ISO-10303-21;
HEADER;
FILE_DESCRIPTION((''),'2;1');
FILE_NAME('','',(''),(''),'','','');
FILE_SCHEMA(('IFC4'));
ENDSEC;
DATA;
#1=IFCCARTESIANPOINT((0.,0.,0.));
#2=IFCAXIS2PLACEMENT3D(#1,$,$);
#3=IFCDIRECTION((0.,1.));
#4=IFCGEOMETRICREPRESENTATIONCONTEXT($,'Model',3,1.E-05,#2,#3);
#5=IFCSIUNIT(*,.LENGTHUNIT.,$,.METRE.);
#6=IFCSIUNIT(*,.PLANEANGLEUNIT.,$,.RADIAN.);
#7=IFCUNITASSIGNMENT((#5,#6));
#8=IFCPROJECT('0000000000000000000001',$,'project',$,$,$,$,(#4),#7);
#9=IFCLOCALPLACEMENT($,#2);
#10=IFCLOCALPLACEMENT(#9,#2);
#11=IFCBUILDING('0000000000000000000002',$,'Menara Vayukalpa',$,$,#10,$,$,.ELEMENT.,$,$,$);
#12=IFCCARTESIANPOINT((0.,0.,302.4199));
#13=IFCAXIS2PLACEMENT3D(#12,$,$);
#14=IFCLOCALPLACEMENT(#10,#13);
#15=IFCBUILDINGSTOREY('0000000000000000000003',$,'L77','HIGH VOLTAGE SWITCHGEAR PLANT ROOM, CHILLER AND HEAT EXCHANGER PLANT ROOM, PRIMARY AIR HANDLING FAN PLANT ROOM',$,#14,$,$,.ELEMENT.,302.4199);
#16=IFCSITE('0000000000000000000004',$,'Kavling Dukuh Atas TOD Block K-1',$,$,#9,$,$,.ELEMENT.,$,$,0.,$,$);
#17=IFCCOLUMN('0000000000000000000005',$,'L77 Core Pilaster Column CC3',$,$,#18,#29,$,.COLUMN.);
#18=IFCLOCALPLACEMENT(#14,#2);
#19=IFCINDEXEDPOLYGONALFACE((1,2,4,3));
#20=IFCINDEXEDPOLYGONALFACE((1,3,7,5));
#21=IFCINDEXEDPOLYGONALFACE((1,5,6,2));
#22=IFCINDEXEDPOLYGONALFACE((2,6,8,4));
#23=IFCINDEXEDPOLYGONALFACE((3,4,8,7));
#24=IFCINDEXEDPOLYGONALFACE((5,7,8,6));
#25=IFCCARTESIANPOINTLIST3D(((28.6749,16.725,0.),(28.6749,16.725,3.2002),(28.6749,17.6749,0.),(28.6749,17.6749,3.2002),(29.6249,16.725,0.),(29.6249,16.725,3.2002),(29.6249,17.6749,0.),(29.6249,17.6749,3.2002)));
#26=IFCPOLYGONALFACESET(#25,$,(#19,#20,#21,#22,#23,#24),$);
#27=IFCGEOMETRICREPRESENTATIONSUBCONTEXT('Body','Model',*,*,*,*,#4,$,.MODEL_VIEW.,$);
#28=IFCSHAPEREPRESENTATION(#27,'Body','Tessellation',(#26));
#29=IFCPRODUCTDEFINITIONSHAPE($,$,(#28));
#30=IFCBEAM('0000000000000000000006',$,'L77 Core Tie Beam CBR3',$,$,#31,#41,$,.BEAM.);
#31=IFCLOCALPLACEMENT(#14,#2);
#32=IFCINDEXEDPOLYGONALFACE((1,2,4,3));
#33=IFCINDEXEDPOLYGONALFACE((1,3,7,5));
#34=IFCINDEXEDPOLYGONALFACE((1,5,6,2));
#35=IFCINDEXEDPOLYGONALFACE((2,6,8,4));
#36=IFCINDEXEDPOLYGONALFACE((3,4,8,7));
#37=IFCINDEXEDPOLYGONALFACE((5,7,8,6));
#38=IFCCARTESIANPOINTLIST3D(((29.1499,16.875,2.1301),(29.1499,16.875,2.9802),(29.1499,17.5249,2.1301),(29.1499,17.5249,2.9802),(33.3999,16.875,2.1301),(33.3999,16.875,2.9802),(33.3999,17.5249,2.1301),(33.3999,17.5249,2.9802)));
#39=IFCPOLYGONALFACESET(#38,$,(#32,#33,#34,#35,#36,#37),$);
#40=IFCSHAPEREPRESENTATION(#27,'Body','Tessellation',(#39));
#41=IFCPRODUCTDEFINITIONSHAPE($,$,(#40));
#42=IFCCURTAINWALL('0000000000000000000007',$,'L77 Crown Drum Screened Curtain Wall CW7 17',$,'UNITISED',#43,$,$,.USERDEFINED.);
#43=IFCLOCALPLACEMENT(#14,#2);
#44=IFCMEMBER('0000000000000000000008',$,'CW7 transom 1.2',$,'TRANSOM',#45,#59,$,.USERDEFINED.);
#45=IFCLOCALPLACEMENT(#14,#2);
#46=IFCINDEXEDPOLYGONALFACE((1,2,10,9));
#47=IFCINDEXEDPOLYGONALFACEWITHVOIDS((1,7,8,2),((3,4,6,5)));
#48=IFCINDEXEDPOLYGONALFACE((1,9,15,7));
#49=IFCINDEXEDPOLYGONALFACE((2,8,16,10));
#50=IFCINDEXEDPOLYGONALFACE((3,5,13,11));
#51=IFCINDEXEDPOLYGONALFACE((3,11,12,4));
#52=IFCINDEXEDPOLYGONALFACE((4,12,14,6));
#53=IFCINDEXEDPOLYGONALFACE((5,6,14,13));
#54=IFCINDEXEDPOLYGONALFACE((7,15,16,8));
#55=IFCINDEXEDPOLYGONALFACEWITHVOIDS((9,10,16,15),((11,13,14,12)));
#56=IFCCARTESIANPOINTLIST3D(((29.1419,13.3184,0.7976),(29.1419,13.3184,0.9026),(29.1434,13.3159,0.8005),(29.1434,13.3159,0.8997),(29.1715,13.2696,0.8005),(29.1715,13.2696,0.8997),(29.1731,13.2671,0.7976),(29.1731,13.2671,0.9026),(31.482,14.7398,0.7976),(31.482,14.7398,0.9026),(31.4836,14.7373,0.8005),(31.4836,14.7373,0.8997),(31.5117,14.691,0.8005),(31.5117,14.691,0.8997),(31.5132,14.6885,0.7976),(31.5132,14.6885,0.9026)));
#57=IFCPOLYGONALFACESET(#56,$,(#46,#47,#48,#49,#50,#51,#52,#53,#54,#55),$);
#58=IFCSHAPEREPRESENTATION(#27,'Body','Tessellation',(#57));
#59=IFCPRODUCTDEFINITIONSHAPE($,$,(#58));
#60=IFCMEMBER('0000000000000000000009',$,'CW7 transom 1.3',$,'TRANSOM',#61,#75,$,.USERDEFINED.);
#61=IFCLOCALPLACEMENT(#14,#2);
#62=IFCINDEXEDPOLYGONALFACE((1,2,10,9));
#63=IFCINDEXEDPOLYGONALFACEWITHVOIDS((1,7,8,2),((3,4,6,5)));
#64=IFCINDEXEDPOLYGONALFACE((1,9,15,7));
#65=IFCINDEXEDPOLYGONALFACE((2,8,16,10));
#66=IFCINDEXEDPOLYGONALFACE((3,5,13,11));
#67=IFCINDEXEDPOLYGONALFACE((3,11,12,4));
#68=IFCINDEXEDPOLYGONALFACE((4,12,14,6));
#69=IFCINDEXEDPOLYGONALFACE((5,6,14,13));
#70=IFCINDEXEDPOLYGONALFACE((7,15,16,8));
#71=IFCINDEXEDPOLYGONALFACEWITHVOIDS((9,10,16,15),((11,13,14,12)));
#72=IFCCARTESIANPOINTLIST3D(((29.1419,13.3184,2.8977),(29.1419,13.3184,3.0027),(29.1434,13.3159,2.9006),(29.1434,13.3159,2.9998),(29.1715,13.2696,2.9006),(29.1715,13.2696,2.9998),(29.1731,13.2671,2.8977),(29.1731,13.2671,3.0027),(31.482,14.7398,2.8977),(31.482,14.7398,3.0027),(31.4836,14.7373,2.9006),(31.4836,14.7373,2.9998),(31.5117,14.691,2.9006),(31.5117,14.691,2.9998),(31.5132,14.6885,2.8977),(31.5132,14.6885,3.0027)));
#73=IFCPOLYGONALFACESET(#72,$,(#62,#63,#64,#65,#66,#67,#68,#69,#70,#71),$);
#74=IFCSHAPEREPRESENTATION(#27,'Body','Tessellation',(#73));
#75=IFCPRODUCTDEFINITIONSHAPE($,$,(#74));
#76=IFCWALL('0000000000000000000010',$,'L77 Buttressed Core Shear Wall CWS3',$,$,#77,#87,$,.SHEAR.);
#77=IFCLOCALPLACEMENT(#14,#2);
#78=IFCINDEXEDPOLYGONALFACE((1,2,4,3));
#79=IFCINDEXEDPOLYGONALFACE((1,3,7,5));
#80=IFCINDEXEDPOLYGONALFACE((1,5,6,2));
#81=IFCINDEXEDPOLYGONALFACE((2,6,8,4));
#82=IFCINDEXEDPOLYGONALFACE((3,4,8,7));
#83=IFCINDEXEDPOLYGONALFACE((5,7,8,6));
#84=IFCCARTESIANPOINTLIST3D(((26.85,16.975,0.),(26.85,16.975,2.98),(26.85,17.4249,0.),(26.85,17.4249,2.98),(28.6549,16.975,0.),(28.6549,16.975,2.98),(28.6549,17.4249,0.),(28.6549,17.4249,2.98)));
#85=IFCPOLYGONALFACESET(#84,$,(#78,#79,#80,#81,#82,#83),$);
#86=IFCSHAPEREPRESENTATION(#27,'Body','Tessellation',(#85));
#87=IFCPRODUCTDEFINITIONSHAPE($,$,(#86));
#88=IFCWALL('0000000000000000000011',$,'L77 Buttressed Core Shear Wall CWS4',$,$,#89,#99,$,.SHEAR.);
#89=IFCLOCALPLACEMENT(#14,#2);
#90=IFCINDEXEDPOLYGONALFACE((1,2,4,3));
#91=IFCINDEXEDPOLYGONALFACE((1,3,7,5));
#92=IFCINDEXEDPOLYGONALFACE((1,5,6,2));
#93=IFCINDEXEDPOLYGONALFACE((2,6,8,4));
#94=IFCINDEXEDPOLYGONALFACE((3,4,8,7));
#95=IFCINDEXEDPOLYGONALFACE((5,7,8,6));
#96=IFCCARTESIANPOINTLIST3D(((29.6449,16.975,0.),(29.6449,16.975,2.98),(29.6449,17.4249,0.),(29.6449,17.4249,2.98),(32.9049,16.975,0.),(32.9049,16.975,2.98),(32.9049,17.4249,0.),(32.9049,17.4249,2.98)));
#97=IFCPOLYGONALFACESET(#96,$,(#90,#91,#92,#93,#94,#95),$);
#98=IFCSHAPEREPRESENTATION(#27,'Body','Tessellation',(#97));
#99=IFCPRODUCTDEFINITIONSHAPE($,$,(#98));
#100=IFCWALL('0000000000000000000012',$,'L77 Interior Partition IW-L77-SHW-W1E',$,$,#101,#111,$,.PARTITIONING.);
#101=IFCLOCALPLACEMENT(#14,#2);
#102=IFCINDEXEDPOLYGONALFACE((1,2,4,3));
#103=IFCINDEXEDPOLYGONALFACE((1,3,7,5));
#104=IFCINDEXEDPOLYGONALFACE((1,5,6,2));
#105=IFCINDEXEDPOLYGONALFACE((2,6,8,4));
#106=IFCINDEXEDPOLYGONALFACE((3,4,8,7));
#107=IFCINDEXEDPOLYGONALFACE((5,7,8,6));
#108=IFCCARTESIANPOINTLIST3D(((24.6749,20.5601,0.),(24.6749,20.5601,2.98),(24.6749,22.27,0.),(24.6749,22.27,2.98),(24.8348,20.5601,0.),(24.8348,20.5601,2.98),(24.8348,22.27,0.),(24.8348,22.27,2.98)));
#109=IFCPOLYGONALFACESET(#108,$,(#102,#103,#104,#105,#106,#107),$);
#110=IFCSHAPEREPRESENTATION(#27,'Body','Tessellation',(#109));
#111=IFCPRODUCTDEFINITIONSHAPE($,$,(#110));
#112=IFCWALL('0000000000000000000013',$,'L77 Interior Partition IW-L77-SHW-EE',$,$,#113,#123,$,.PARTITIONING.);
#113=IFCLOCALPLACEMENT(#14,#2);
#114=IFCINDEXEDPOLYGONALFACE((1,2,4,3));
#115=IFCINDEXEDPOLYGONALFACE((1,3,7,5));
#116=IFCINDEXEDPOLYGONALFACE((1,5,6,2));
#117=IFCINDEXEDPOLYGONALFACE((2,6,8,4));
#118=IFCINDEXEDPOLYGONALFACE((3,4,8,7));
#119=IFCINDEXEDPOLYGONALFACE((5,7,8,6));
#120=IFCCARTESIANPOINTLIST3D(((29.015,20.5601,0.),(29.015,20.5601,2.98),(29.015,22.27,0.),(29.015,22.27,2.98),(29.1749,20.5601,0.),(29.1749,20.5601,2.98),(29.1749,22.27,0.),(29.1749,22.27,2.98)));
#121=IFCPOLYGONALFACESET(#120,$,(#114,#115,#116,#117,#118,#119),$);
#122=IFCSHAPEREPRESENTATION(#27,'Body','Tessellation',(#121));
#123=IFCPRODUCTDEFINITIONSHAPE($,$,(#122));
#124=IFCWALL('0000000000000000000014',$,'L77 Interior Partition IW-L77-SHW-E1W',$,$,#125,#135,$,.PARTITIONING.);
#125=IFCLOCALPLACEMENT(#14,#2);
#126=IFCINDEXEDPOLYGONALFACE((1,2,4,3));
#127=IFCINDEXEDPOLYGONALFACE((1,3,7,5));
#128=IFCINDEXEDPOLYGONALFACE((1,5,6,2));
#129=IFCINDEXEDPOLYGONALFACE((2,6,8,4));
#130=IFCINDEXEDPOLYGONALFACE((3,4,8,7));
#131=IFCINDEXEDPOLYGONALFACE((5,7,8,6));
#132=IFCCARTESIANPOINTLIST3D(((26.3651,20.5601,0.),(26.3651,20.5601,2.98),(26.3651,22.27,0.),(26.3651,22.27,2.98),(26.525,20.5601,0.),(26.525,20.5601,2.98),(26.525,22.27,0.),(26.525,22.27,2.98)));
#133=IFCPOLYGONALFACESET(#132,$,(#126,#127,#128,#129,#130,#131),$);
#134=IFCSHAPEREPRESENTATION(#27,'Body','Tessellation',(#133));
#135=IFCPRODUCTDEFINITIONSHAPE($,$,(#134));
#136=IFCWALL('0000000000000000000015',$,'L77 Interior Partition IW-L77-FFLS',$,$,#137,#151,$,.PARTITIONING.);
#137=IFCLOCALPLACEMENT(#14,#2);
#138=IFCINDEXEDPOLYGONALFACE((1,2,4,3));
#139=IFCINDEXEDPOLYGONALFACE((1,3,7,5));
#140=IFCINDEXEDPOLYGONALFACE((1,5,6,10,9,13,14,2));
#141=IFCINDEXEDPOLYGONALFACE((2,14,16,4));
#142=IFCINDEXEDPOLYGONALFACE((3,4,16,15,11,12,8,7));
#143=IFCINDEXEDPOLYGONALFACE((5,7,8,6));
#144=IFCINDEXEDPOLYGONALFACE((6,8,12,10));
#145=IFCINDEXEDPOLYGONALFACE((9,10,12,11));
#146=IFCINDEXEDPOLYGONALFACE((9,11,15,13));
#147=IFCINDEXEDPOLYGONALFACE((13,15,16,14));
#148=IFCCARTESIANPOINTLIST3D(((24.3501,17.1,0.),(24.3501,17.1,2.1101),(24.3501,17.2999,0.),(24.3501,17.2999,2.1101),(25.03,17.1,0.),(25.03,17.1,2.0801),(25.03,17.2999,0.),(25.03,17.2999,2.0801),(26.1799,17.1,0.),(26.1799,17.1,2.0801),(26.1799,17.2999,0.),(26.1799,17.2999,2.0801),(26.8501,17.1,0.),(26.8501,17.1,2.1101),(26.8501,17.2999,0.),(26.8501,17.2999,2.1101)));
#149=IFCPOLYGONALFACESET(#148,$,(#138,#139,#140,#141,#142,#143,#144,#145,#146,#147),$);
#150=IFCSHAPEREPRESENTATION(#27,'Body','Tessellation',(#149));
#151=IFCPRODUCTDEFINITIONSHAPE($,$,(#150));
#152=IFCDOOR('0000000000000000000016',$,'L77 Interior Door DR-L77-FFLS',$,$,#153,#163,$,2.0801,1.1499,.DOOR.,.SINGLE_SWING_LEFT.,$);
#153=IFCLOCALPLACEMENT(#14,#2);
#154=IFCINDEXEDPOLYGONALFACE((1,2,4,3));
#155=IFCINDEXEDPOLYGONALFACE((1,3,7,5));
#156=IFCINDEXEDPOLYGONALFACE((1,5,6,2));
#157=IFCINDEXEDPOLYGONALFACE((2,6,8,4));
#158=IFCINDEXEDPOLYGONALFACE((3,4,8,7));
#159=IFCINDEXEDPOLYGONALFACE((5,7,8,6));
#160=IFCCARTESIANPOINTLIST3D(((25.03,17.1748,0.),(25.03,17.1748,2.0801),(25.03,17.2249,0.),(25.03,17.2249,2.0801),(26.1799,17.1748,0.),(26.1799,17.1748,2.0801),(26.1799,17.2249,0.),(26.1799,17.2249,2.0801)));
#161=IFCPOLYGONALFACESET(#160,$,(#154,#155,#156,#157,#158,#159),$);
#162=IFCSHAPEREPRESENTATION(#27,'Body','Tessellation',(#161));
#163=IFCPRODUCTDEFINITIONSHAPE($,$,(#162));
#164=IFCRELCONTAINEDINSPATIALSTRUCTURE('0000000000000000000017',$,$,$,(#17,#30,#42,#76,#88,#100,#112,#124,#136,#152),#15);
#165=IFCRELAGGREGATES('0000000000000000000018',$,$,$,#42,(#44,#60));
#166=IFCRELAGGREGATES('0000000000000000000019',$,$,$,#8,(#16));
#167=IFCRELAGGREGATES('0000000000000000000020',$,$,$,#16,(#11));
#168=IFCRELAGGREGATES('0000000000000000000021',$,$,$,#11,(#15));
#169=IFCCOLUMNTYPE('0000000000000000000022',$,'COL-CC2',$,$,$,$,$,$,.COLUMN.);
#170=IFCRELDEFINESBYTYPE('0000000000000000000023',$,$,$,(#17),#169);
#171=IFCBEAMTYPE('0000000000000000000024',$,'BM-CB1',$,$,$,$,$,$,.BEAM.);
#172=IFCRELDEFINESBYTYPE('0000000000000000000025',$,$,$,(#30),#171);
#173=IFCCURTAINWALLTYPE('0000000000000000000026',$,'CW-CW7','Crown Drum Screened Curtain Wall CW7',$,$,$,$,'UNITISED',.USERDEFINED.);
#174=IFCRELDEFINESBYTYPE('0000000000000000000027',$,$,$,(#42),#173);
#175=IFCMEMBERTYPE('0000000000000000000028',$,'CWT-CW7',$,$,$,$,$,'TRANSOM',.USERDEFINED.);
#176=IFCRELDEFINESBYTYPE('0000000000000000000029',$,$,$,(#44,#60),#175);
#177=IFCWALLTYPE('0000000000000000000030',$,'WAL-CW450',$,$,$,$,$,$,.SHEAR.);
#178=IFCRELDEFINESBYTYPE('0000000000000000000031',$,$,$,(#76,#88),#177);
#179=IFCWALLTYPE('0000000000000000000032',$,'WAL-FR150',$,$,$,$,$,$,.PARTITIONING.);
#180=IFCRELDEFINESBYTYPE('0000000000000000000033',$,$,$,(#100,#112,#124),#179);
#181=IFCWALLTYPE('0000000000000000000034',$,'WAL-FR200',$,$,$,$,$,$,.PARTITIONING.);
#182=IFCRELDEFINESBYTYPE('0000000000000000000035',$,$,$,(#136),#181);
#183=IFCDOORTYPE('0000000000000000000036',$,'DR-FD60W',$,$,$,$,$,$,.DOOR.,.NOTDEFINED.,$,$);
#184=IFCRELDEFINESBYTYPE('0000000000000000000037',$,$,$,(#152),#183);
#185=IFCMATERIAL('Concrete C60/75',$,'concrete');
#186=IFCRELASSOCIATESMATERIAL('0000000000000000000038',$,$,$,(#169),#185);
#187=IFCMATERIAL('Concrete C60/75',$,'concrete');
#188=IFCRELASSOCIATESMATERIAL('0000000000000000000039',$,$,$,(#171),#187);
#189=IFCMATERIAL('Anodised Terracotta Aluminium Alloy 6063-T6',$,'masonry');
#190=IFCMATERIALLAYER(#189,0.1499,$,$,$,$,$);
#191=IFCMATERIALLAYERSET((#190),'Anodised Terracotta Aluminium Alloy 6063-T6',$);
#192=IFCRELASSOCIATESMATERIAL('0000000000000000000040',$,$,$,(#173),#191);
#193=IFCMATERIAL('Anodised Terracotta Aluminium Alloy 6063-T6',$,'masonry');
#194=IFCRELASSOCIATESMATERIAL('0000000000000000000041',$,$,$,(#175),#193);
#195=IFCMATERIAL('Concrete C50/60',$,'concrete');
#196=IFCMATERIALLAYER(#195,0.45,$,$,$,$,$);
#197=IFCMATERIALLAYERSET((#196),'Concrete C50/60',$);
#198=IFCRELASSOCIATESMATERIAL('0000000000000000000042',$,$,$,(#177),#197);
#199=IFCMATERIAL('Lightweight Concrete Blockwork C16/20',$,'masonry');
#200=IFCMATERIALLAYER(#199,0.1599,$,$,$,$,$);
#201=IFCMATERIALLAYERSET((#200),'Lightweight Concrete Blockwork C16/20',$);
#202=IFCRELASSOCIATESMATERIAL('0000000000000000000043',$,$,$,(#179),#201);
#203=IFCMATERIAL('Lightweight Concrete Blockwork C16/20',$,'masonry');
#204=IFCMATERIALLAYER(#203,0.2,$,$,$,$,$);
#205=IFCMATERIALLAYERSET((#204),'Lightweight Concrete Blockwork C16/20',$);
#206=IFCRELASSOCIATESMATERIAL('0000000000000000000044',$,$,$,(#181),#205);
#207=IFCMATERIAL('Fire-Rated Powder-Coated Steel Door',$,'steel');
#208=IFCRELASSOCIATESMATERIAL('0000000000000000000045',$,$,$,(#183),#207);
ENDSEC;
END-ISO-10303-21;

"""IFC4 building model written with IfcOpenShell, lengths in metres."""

from ifc_helpers import new_model, si_unit, direction, frame, frame_2d, origin, origin_2d, place, context, subcontext, project, spatial, rectangle, hollow_rectangle, extrude, material, layer, layer_set, material_profile, profile_set, type_object, element, fill, aggregate, save


model = new_model("IFC4")

# Units and contexts
model_context = context("Model", 3, precision=1e-05, world=origin(), true_north=direction((0.0, 1.0)))
body_context = subcontext(model_context, "Body", "Model", "MODEL_VIEW")
ifc_project = project(units=[si_unit("LENGTHUNIT", "METRE"), si_unit("PLANEANGLEUNIT", "RADIAN")], contexts=[model_context])

# Site, building, storey
site_placement = place(None, origin())
site = spatial("IfcSite", under=ifc_project, at=site_placement, Name="Kavling Dukuh Atas TOD Block K-1", CompositionType="ELEMENT", RefElevation=0.0)
building_placement = place(site_placement, origin())
building = spatial("IfcBuilding", under=site, at=building_placement, Name="Menara Vayukalpa", CompositionType="ELEMENT")
storey_placement = place(building_placement, frame((0.0, 0.0, 302.4199)))
storey = spatial("IfcBuildingStorey", under=building, at=storey_placement, Name="L77", Description="HIGH VOLTAGE SWITCHGEAR PLANT ROOM, CHILLER AND HEAT EXCHANGER PLANT ROOM, PRIMARY AIR HANDLING FAN PLANT ROOM", CompositionType="ELEMENT", Elevation=302.4199)

# Column
ifc_material_1 = material(Name="Concrete C60/75", Category="concrete")
ifc_material_profile_1 = material_profile(ifc_material_1, rectangle(XDim=0.95, YDim=0.95, at=origin_2d()), Name="RC 950x950")
ifc_profile_set_1 = profile_set([ifc_material_profile_1], Name="Concrete C60/75")
column_type = type_object("IfcColumnType", Name="COL-CC2", PredefinedType="COLUMN", material=ifc_profile_set_1)
column_placement = place(storey_placement, frame((29.1499, 17.2, 0.0), z_axis=(0.0, 0.0, 1.0), x_axis=(1.0, 0.0, 0.0)))
element("IfcColumn", 1, at=column_placement, inside=storey, type_object=column_type, Name="L77 Core Pilaster Column CC3", PredefinedType="COLUMN", context=body_context, shape_type="SweptSolid", body=[
    extrude(rectangle(XDim=0.95, YDim=0.95, at=origin_2d()), origin(), (0.0, 0.0, 1.0), 3.2002),
])

# Beam
ifc_material_2 = material(Name="Concrete C60/75", Category="concrete")
ifc_material_profile_2 = material_profile(ifc_material_2, rectangle(XDim=0.6499, YDim=0.8501, at=origin_2d()), Name="RC 650x850")
ifc_profile_set_2 = profile_set([ifc_material_profile_2], Name="Concrete C60/75")
beam_type = type_object("IfcBeamType", Name="BM-CB1", PredefinedType="BEAM", material=ifc_profile_set_2)
beam_placement = place(storey_placement, frame((29.1499, 17.2, 2.5552), z_axis=(1.0, 0.0, 0.0), x_axis=(0.0, 1.0, 0.0)))
element("IfcBeam", 2, at=beam_placement, inside=storey, type_object=beam_type, Name="L77 Core Tie Beam CBR3", PredefinedType="BEAM", context=body_context, shape_type="SweptSolid", body=[
    extrude(rectangle(XDim=0.6499, YDim=0.8501, at=origin_2d()), origin(), (0.0, 0.0, 1.0), 4.25),
])

# Curtain wall, members
ifc_material_3 = material(Name="Anodised Terracotta Aluminium Alloy 6063-T6", Category="masonry")
ifc_layer_1 = layer(ifc_material_3, 0.1499)
ifc_layer_set_1 = layer_set([ifc_layer_1], Name="Anodised Terracotta Aluminium Alloy 6063-T6")
curtain_wall_type = type_object("IfcCurtainWallType", Name="CW-CW7", Description="Crown Drum Screened Curtain Wall CW7", ElementType="UNITISED", PredefinedType="USERDEFINED", material=ifc_layer_set_1)
curtain_wall_placement = place(storey_placement, origin())
curtain_wall = element("IfcCurtainWall", 3, at=curtain_wall_placement, inside=storey, type_object=curtain_wall_type, Name="L77 Crown Drum Screened Curtain Wall CW7 17", ObjectType="UNITISED", PredefinedType="USERDEFINED")
ifc_material_4 = material(Name="Anodised Terracotta Aluminium Alloy 6063-T6", Category="masonry")
ifc_material_profile_3 = material_profile(ifc_material_4, hollow_rectangle(XDim=0.0601, YDim=0.105, WallThickness=0.0029, at=origin_2d()), Name="ALU 60x105x3")
ifc_profile_set_3 = profile_set([ifc_material_profile_3], Name="Anodised Terracotta Aluminium Alloy 6063-T6")
member_type = type_object("IfcMemberType", Name="CWT-CW7", ElementType="TRANSOM", PredefinedType="USERDEFINED", material=ifc_profile_set_3)
member_1_placement = place(storey_placement, frame((29.1575, 13.2927, 0.8501), z_axis=(0.854687, 0.519143, 0.0), x_axis=(-0.519143, 0.854687, 0.0)))
member_1 = element("IfcMember", 4, at=member_1_placement, type_object=member_type, Name="CW7 transom 1.2", ObjectType="TRANSOM", PredefinedType="USERDEFINED", context=body_context, shape_type="SweptSolid", body=[
    extrude(hollow_rectangle(XDim=0.0601, YDim=0.105, WallThickness=0.0029, at=origin_2d()), origin(), (0.0, 0.0, 1.0), 2.738),
])
member_2_placement = place(storey_placement, frame((29.1575, 13.2927, 2.9502), z_axis=(0.854687, 0.519143, 0.0), x_axis=(-0.519143, 0.854687, 0.0)))
member_2 = element("IfcMember", 5, at=member_2_placement, type_object=member_type, Name="CW7 transom 1.3", ObjectType="TRANSOM", PredefinedType="USERDEFINED", context=body_context, shape_type="SweptSolid", body=[
    extrude(hollow_rectangle(XDim=0.0601, YDim=0.105, WallThickness=0.0029, at=origin_2d()), origin(), (0.0, 0.0, 1.0), 2.738),
])
aggregate(curtain_wall, [member_1, member_2])

# Walls
ifc_material_5 = material(Name="Concrete C50/60", Category="concrete")
ifc_layer_2 = layer(ifc_material_5, 0.45)
ifc_layer_set_2 = layer_set([ifc_layer_2], Name="Concrete C50/60")
wall_type_1 = type_object("IfcWallType", Name="WAL-CW450", PredefinedType="SHEAR", material=ifc_layer_set_2)
wall_1_placement = place(storey_placement, frame((26.8501, 17.2, 0.0), z_axis=(0.0, 0.0, 1.0), x_axis=(1.0, 0.0, 0.0)))
element("IfcWall", 6, at=wall_1_placement, inside=storey, type_object=wall_type_1, Name="L77 Buttressed Core Shear Wall CWS3", PredefinedType="SHEAR", context=body_context, shape_type="SweptSolid", body=[
    extrude(rectangle(XDim=1.8049, YDim=0.45, at=frame_2d((0.9023, 0.0))), origin(), (0.0, 0.0, 1.0), 2.98),
])
wall_2_placement = place(storey_placement, frame((29.645, 17.2, 0.0), z_axis=(0.0, 0.0, 1.0), x_axis=(1.0, 0.0, 0.0)))
element("IfcWall", 7, at=wall_2_placement, inside=storey, type_object=wall_type_1, Name="L77 Buttressed Core Shear Wall CWS4", PredefinedType="SHEAR", context=body_context, shape_type="SweptSolid", body=[
    extrude(rectangle(XDim=3.26, YDim=0.45, at=frame_2d((1.6299, 0.0))), origin(), (0.0, 0.0, 1.0), 2.98),
])
ifc_material_6 = material(Name="Lightweight Concrete Blockwork C16/20", Category="masonry")
ifc_layer_3 = layer(ifc_material_6, 0.1599)
ifc_layer_set_3 = layer_set([ifc_layer_3], Name="Lightweight Concrete Blockwork C16/20")
wall_type_2 = type_object("IfcWallType", Name="WAL-FR150", PredefinedType="PARTITIONING", material=ifc_layer_set_3)
for number, where, z_axis, x_axis, name in (
    (8, (24.7549, 20.5601, 0.0), (0.0, 0.0, 1.0), (0.0, 1.0, 0.0), "L77 Interior Partition IW-L77-SHW-W1E"),
    (9, (29.095, 20.5601, 0.0), (0.0, 0.0, 1.0), (0.0, 1.0, 0.0), "L77 Interior Partition IW-L77-SHW-EE"),
    (10, (26.4451, 20.5601, 0.0), (0.0, 0.0, 1.0), (0.0, 1.0, 0.0), "L77 Interior Partition IW-L77-SHW-E1W"),
):
    element("IfcWall", number, at=place(storey_placement, frame(where, z_axis=z_axis, x_axis=x_axis)), inside=storey, type_object=wall_type_2, Name=name, PredefinedType="PARTITIONING", context=body_context, shape_type="SweptSolid", body=[
        extrude(rectangle(XDim=1.71, YDim=0.1599, at=frame_2d((0.855, 0.0))), origin(), (0.0, 0.0, 1.0), 2.98),
    ])

# Wall, opening, door
ifc_material_7 = material(Name="Lightweight Concrete Blockwork C16/20", Category="masonry")
ifc_layer_4 = layer(ifc_material_7, 0.2)
ifc_layer_set_4 = layer_set([ifc_layer_4], Name="Lightweight Concrete Blockwork C16/20")
wall_type_3 = type_object("IfcWallType", Name="WAL-FR200", PredefinedType="PARTITIONING", material=ifc_layer_set_4)
wall_3_placement = place(storey_placement, frame((24.3501, 17.2, 0.0), z_axis=(0.0, 0.0, 1.0), x_axis=(1.0, 0.0, 0.0)))
wall_3 = element("IfcWall", 11, at=wall_3_placement, inside=storey, type_object=wall_type_3, Name="L77 Interior Partition IW-L77-FFLS", PredefinedType="PARTITIONING", context=body_context, shape_type="SweptSolid", body=[
    extrude(rectangle(XDim=2.5, YDim=0.2, at=frame_2d((1.25, 0.0))), origin(), (0.0, 0.0, 1.0), 2.1101),
])
opening_1_placement = place(wall_3_placement, frame((0.6799, 0.0, 0.0)))
opening_1 = element("IfcOpeningElement", 12, at=opening_1_placement, cuts=wall_3, PredefinedType="OPENING", context=body_context, shape_type="SweptSolid", body=[
    extrude(rectangle(XDim=1.1499, YDim=2.0801, at=frame_2d((0.575, 1.04))), frame((0.0, 0.1099, 0.0), z_axis=(0.0, -1.0, 0.0), x_axis=(1.0, 0.0, 0.0)), (0.0, 0.0, 1.0), 0.22),
])
ifc_material_8 = material(Name="Fire-Rated Powder-Coated Steel Door", Category="steel")
door_type_1 = type_object("IfcDoorType", Name="DR-FD60W", OperationType="NOTDEFINED", PredefinedType="DOOR", material=ifc_material_8)
door_1_placement = place(opening_1_placement, origin())
door_1 = element("IfcDoor", 13, at=door_1_placement, inside=storey, type_object=door_type_1, Name="L77 Interior Door DR-L77-FFLS", OperationType="SINGLE_SWING_LEFT", OverallHeight=2.0801, OverallWidth=1.1499, PredefinedType="DOOR", context=body_context, shape_type="SweptSolid", body=[
    extrude(rectangle(XDim=1.1499, YDim=2.0801, at=frame_2d((0.575, 1.04))), frame((0.0, 0.0249, 0.0), z_axis=(0.0, -1.0, 0.0), x_axis=(1.0, 0.0, 0.0)), (0.0, 0.0, 1.0), 0.05),
])
fill(opening_1, door_1)

save(model, "model.ifc")
